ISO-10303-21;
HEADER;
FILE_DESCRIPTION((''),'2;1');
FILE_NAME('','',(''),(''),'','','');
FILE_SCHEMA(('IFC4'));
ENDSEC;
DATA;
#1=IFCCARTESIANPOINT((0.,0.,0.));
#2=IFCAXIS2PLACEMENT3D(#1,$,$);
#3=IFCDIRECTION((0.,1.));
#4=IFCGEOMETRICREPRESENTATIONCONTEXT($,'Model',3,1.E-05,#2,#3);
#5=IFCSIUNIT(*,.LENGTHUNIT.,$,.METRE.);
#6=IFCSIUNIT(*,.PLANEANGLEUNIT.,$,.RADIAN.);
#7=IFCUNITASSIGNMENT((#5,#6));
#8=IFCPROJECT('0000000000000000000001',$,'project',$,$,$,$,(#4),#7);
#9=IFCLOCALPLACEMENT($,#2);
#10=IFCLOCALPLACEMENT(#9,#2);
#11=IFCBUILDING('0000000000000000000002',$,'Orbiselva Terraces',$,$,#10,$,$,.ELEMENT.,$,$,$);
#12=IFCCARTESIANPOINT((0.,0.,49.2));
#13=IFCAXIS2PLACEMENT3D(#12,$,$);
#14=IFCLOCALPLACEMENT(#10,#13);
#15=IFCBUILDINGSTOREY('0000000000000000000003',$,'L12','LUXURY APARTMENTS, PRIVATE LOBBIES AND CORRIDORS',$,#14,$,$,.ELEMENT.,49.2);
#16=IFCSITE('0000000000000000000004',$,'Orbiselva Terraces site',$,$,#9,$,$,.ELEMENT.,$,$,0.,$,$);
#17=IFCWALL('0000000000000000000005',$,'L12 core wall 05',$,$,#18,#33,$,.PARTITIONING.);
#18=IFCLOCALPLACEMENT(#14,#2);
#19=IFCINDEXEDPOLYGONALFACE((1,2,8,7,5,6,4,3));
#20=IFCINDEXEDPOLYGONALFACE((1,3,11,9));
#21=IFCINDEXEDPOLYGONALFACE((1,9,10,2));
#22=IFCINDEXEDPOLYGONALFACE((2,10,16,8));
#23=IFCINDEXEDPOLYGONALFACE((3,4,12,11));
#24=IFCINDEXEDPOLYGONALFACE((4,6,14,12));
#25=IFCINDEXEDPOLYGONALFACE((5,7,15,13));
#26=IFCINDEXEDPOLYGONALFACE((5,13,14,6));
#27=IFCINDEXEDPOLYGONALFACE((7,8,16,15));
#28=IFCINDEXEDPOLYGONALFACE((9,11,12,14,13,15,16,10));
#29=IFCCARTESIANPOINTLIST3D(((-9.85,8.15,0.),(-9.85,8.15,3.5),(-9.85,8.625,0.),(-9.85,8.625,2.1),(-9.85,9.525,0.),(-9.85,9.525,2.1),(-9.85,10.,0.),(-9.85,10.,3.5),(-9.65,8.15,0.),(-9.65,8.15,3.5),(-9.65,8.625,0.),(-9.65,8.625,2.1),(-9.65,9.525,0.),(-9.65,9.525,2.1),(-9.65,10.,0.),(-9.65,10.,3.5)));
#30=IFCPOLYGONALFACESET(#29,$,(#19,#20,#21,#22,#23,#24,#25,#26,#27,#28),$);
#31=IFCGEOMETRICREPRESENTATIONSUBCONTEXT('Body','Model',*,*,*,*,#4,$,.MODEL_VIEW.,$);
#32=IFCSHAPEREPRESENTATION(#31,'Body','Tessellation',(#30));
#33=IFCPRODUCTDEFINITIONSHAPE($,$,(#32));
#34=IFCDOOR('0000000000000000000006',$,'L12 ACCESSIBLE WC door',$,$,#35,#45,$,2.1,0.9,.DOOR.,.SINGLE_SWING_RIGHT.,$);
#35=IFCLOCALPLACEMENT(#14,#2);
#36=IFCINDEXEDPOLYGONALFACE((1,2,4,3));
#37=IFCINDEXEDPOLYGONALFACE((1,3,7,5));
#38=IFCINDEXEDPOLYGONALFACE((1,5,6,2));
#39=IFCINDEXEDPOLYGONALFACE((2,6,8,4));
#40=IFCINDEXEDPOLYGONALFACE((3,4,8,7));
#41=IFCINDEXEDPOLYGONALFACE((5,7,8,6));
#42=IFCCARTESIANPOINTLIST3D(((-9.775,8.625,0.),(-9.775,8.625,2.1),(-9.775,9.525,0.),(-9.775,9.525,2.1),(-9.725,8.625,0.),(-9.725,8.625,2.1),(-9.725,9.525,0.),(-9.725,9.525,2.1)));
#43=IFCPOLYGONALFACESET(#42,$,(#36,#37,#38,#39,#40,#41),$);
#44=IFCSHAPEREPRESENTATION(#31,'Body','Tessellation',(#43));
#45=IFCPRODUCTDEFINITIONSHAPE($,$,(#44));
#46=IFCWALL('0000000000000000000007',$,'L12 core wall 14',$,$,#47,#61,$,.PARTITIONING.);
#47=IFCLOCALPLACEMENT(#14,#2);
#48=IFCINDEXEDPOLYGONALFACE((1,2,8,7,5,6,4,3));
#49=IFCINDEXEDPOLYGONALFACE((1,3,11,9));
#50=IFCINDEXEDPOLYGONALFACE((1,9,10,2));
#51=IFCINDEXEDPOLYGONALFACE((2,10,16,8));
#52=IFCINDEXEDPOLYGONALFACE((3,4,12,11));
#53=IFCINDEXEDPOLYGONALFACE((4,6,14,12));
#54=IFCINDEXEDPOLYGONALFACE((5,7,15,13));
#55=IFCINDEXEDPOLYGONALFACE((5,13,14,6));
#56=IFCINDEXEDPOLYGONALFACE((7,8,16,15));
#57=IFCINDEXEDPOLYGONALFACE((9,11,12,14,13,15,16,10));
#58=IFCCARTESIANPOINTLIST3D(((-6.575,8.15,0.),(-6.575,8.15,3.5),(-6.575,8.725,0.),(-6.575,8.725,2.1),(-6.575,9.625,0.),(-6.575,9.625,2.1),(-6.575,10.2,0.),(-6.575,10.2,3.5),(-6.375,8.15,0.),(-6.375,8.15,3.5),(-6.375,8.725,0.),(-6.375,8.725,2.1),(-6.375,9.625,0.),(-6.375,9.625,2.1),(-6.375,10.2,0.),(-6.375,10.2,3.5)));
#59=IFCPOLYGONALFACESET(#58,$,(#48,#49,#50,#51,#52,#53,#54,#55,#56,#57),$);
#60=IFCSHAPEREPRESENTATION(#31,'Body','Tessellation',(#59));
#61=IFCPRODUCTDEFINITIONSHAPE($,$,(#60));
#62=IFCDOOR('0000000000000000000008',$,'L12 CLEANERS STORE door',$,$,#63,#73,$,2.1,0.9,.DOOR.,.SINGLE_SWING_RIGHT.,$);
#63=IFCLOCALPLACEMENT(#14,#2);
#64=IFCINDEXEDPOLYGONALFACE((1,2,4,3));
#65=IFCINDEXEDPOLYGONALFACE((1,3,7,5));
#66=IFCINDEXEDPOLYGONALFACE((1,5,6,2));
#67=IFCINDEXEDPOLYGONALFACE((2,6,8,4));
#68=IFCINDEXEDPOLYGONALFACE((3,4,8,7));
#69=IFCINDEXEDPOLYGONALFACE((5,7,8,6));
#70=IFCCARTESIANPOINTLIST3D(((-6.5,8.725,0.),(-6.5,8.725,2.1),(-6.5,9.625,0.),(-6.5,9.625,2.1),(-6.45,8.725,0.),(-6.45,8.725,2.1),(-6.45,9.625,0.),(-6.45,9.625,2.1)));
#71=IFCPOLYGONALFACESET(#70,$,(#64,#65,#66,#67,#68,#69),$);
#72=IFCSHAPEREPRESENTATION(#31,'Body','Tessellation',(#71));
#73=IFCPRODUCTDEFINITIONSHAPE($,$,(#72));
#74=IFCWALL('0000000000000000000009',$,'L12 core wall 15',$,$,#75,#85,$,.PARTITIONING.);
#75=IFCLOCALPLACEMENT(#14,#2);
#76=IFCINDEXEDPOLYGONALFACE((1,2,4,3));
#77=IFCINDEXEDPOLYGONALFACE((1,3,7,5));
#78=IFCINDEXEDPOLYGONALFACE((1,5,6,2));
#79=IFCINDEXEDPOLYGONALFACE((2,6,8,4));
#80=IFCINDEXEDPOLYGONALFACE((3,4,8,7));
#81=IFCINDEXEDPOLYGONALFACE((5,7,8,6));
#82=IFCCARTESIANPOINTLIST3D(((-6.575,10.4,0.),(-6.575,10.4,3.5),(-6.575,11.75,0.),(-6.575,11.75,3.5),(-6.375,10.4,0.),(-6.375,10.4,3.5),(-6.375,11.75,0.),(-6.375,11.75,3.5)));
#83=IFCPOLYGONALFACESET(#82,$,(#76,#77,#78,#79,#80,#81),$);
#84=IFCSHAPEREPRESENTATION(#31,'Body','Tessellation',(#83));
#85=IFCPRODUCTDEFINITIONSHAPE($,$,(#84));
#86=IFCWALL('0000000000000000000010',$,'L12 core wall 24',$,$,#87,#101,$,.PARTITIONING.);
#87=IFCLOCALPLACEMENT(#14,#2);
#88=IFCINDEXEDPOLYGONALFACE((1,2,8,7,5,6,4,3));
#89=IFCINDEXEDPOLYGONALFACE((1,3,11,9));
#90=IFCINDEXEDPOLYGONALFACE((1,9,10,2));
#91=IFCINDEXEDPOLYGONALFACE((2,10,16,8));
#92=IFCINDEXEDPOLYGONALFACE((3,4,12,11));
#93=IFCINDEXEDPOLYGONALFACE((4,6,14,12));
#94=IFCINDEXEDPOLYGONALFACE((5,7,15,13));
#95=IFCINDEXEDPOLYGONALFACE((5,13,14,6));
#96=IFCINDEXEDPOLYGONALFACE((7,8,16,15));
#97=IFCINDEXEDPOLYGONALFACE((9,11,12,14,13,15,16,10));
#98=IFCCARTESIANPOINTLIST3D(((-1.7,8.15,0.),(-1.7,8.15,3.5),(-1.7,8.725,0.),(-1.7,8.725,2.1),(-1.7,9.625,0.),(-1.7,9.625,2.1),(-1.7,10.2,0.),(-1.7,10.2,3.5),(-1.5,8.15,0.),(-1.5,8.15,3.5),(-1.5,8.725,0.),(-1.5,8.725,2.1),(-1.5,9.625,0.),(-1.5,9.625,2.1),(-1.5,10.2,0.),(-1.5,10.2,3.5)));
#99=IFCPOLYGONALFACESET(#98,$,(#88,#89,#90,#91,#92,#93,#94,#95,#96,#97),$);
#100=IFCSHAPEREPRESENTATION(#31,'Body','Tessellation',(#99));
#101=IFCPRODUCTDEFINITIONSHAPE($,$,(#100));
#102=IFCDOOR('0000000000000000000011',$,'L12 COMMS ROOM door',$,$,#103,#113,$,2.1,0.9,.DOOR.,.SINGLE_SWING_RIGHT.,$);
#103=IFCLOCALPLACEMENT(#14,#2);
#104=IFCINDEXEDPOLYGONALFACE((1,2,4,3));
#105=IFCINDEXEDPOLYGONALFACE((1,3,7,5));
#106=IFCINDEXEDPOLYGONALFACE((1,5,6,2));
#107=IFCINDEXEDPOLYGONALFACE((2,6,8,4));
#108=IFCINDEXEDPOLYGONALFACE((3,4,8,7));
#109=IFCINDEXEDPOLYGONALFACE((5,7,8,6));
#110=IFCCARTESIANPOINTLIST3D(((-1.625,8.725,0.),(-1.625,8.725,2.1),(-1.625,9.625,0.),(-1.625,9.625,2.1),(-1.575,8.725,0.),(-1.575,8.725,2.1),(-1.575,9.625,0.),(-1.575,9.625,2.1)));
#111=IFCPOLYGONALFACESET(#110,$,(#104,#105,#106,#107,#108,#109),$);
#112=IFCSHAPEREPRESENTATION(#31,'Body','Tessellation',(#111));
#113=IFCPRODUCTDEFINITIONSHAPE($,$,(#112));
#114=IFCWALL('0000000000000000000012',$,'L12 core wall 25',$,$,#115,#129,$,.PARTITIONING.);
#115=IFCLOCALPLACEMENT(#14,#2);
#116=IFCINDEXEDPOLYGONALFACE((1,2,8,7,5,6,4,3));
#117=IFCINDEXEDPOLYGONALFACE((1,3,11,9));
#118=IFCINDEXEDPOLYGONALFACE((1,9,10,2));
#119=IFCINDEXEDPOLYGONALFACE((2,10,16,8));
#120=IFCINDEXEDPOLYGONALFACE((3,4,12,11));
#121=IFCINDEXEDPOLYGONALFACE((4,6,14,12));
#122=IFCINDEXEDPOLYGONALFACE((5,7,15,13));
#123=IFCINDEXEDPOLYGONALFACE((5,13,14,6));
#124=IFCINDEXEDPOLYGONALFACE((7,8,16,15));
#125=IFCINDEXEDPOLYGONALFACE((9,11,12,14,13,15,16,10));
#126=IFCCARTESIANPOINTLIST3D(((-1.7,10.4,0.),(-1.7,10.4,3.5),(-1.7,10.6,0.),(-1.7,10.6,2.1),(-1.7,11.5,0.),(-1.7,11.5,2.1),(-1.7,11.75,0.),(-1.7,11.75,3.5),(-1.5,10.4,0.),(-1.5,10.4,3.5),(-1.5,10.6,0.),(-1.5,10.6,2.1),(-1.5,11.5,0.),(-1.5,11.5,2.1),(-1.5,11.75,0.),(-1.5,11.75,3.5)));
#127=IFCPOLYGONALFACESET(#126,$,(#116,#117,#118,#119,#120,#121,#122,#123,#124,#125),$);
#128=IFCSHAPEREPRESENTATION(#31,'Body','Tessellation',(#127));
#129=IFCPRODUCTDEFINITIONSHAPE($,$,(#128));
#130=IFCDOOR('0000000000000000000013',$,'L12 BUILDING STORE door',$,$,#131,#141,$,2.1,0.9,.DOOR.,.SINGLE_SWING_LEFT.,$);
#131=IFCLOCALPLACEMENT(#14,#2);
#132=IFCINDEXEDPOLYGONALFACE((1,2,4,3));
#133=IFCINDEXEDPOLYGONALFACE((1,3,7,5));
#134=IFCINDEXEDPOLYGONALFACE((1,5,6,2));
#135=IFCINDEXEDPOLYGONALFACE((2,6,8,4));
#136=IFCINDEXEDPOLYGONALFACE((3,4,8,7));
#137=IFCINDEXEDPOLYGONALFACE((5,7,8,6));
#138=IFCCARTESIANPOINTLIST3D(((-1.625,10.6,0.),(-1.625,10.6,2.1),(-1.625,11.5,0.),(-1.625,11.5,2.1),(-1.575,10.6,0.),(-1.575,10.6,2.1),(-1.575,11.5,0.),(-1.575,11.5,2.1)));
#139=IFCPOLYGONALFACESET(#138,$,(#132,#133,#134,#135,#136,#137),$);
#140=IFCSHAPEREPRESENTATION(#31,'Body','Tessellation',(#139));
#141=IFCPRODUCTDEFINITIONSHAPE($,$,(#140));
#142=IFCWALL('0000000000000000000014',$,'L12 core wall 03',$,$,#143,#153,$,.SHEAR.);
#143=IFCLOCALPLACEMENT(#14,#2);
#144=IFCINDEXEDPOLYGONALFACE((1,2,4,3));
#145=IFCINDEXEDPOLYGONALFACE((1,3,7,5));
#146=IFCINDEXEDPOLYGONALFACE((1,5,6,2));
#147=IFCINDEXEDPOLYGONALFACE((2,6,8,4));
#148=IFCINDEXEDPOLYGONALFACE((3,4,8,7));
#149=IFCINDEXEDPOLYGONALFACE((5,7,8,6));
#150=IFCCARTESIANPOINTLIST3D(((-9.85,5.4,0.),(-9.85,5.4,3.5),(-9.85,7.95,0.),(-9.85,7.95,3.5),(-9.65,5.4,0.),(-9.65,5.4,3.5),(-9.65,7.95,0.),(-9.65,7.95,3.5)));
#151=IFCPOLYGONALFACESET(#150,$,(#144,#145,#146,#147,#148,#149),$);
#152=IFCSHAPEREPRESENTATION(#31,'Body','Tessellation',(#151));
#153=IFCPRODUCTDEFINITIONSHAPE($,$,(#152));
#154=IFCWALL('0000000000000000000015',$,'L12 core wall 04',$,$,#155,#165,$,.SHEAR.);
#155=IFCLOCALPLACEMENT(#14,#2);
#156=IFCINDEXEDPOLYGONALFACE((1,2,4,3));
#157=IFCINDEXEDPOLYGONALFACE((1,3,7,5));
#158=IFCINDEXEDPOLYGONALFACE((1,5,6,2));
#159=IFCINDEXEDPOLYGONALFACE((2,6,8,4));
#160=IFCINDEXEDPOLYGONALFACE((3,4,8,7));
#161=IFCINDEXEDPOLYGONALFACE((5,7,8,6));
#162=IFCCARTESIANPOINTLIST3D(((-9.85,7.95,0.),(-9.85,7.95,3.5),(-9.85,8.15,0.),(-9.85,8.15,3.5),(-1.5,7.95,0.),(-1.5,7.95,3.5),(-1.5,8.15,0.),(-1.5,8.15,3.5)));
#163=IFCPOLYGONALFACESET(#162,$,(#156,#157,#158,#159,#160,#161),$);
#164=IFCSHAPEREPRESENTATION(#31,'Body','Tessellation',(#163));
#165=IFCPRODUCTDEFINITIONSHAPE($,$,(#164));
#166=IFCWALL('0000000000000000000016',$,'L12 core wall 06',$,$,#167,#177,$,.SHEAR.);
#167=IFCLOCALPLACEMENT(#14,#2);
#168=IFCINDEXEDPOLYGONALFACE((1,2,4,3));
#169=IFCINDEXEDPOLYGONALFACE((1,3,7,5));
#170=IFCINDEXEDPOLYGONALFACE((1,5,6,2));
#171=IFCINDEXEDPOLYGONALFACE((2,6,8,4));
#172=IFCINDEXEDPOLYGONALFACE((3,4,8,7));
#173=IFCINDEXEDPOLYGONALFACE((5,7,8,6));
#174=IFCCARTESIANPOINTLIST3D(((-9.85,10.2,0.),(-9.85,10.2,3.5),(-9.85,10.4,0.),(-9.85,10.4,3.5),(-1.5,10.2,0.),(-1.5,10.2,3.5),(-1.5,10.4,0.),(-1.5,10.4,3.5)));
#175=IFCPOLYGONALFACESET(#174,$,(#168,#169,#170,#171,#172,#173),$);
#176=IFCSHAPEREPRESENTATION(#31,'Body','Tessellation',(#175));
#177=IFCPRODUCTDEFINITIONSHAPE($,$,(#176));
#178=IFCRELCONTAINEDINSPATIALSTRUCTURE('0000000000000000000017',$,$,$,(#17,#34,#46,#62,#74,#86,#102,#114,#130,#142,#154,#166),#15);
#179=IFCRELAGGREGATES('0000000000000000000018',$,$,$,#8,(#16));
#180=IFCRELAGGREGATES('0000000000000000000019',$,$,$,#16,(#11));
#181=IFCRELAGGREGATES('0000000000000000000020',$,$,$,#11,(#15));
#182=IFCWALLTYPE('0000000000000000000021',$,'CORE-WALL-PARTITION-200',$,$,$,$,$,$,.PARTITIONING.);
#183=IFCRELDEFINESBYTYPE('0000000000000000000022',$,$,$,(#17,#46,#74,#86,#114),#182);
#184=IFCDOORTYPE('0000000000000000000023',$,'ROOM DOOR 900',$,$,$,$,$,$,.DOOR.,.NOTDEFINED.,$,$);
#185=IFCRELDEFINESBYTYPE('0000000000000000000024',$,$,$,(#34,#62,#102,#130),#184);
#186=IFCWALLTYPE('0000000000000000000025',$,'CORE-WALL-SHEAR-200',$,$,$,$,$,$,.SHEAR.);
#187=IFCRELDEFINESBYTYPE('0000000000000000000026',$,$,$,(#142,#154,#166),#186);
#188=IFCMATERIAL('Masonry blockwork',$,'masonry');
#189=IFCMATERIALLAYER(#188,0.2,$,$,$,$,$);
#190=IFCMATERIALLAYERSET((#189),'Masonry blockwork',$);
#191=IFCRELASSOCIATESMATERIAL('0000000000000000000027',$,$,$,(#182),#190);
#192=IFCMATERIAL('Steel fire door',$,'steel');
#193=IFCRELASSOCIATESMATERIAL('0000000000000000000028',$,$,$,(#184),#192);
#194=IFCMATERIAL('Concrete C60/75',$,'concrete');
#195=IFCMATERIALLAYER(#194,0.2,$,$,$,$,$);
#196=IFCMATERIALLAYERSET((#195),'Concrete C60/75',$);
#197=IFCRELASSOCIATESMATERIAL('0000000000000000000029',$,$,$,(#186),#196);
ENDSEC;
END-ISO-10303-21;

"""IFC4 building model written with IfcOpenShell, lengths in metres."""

from ifc_helpers import new_model, si_unit, direction, frame, frame_2d, origin, place, context, subcontext, project, spatial, rectangle, extrude, material, layer, layer_set, type_object, element, fill, save


model = new_model("IFC4")

# Units and contexts
model_context = context("Model", 3, precision=1e-05, world=origin(), true_north=direction((0.0, 1.0)))
body_context = subcontext(model_context, "Body", "Model", "MODEL_VIEW")
ifc_project = project(units=[si_unit("LENGTHUNIT", "METRE"), si_unit("PLANEANGLEUNIT", "RADIAN")], contexts=[model_context])

# Site, building, storey
site_placement = place(None, origin())
site = spatial("IfcSite", under=ifc_project, at=site_placement, Name="Orbiselva Terraces site", CompositionType="ELEMENT", RefElevation=0.0)
building_placement = place(site_placement, origin())
building = spatial("IfcBuilding", under=site, at=building_placement, Name="Orbiselva Terraces", CompositionType="ELEMENT")
storey_placement = place(building_placement, frame((0.0, 0.0, 49.2)))
storey = spatial("IfcBuildingStorey", under=building, at=storey_placement, Name="L12", Description="LUXURY APARTMENTS, PRIVATE LOBBIES AND CORRIDORS", CompositionType="ELEMENT", Elevation=49.2)

# Walls, openings, doors
ifc_material_1 = material(Name="Masonry blockwork", Category="masonry")
ifc_layer_1 = layer(ifc_material_1, 0.2)
ifc_layer_set_1 = layer_set([ifc_layer_1], Name="Masonry blockwork")
wall_type_1 = type_object("IfcWallType", Name="CORE-WALL-PARTITION-200", PredefinedType="PARTITIONING", material=ifc_layer_set_1)
wall_1_placement = place(storey_placement, frame((-9.75, 8.15, 0.0), z_axis=(0.0, 0.0, 1.0), x_axis=(0.0, 1.0, 0.0)))
wall_1 = element("IfcWall", 1, at=wall_1_placement, inside=storey, type_object=wall_type_1, Name="L12 core wall 05", PredefinedType="PARTITIONING", context=body_context, shape_type="SweptSolid", body=[
    extrude(rectangle(XDim=1.85, YDim=0.2, at=frame_2d((0.925, 0.0))), origin(), (0.0, 0.0, 1.0), 3.5),
])
opening_1_placement = place(wall_1_placement, frame((0.475, 0.0, 0.0)))
opening_1 = element("IfcOpeningElement", 2, at=opening_1_placement, cuts=wall_1, PredefinedType="OPENING", context=body_context, shape_type="SweptSolid", body=[
    extrude(rectangle(XDim=0.9, YDim=2.1, at=frame_2d((0.45, 1.05))), frame((0.0, 0.11, 0.0), z_axis=(0.0, -1.0, 0.0), x_axis=(1.0, 0.0, 0.0)), (0.0, 0.0, 1.0), 0.22),
])
ifc_material_2 = material(Name="Steel fire door", Category="steel")
door_type = type_object("IfcDoorType", Name="ROOM DOOR 900", OperationType="NOTDEFINED", PredefinedType="DOOR", material=ifc_material_2)
door_1_placement = place(opening_1_placement, origin())
door_1 = element("IfcDoor", 3, at=door_1_placement, inside=storey, type_object=door_type, Name="L12 ACCESSIBLE WC door", OperationType="SINGLE_SWING_RIGHT", OverallHeight=2.1, OverallWidth=0.9, PredefinedType="DOOR", context=body_context, shape_type="SweptSolid", body=[
    extrude(rectangle(XDim=0.9, YDim=2.1, at=frame_2d((0.45, 1.05))), frame((0.0, 0.025, 0.0), z_axis=(0.0, -1.0, 0.0), x_axis=(1.0, 0.0, 0.0)), (0.0, 0.0, 1.0), 0.05),
])
fill(opening_1, door_1)
wall_2_placement = place(storey_placement, frame((-6.475, 8.15, 0.0), z_axis=(0.0, 0.0, 1.0), x_axis=(0.0, 1.0, 0.0)))
wall_2 = element("IfcWall", 4, at=wall_2_placement, inside=storey, type_object=wall_type_1, Name="L12 core wall 14", PredefinedType="PARTITIONING", context=body_context, shape_type="SweptSolid", body=[
    extrude(rectangle(XDim=2.05, YDim=0.2, at=frame_2d((1.025, 0.0))), origin(), (0.0, 0.0, 1.0), 3.5),
])
opening_2_placement = place(wall_2_placement, frame((0.575, 0.0, 0.0)))
opening_2 = element("IfcOpeningElement", 5, at=opening_2_placement, cuts=wall_2, PredefinedType="OPENING", context=body_context, shape_type="SweptSolid", body=[
    extrude(rectangle(XDim=0.9, YDim=2.1, at=frame_2d((0.45, 1.05))), frame((0.0, 0.11, 0.0), z_axis=(0.0, -1.0, 0.0), x_axis=(1.0, 0.0, 0.0)), (0.0, 0.0, 1.0), 0.22),
])
door_2_placement = place(opening_2_placement, origin())
door_2 = element("IfcDoor", 6, at=door_2_placement, inside=storey, type_object=door_type, Name="L12 CLEANERS STORE door", OperationType="SINGLE_SWING_RIGHT", OverallHeight=2.1, OverallWidth=0.9, PredefinedType="DOOR", context=body_context, shape_type="SweptSolid", body=[
    extrude(rectangle(XDim=0.9, YDim=2.1, at=frame_2d((0.45, 1.05))), frame((0.0, 0.025, 0.0), z_axis=(0.0, -1.0, 0.0), x_axis=(1.0, 0.0, 0.0)), (0.0, 0.0, 1.0), 0.05),
])
fill(opening_2, door_2)

# Wall
wall_3_placement = place(storey_placement, frame((-6.475, 10.4, 0.0), z_axis=(0.0, 0.0, 1.0), x_axis=(0.0, 1.0, 0.0)))
element("IfcWall", 7, at=wall_3_placement, inside=storey, type_object=wall_type_1, Name="L12 core wall 15", PredefinedType="PARTITIONING", context=body_context, shape_type="SweptSolid", body=[
    extrude(rectangle(XDim=1.35, YDim=0.2, at=frame_2d((0.675, 0.0))), origin(), (0.0, 0.0, 1.0), 3.5),
])

# Walls, openings, doors
wall_4_placement = place(storey_placement, frame((-1.6, 8.15, 0.0), z_axis=(0.0, 0.0, 1.0), x_axis=(0.0, 1.0, 0.0)))
wall_4 = element("IfcWall", 8, at=wall_4_placement, inside=storey, type_object=wall_type_1, Name="L12 core wall 24", PredefinedType="PARTITIONING", context=body_context, shape_type="SweptSolid", body=[
    extrude(rectangle(XDim=2.05, YDim=0.2, at=frame_2d((1.025, 0.0))), origin(), (0.0, 0.0, 1.0), 3.5),
])
opening_3_placement = place(wall_4_placement, frame((0.575, 0.0, 0.0)))
opening_3 = element("IfcOpeningElement", 9, at=opening_3_placement, cuts=wall_4, PredefinedType="OPENING", context=body_context, shape_type="SweptSolid", body=[
    extrude(rectangle(XDim=0.9, YDim=2.1, at=frame_2d((0.45, 1.05))), frame((0.0, 0.11, 0.0), z_axis=(0.0, -1.0, 0.0), x_axis=(1.0, 0.0, 0.0)), (0.0, 0.0, 1.0), 0.22),
])
door_3_placement = place(opening_3_placement, origin())
door_3 = element("IfcDoor", 10, at=door_3_placement, inside=storey, type_object=door_type, Name="L12 COMMS ROOM door", OperationType="SINGLE_SWING_RIGHT", OverallHeight=2.1, OverallWidth=0.9, PredefinedType="DOOR", context=body_context, shape_type="SweptSolid", body=[
    extrude(rectangle(XDim=0.9, YDim=2.1, at=frame_2d((0.45, 1.05))), frame((0.0, 0.025, 0.0), z_axis=(0.0, -1.0, 0.0), x_axis=(1.0, 0.0, 0.0)), (0.0, 0.0, 1.0), 0.05),
])
fill(opening_3, door_3)
wall_5_placement = place(storey_placement, frame((-1.6, 10.4, 0.0), z_axis=(0.0, 0.0, 1.0), x_axis=(0.0, 1.0, 0.0)))
wall_5 = element("IfcWall", 11, at=wall_5_placement, inside=storey, type_object=wall_type_1, Name="L12 core wall 25", PredefinedType="PARTITIONING", context=body_context, shape_type="SweptSolid", body=[
    extrude(rectangle(XDim=1.35, YDim=0.2, at=frame_2d((0.675, 0.0))), origin(), (0.0, 0.0, 1.0), 3.5),
])
opening_4_placement = place(wall_5_placement, frame((0.2, 0.0, 0.0)))
opening_4 = element("IfcOpeningElement", 12, at=opening_4_placement, cuts=wall_5, PredefinedType="OPENING", context=body_context, shape_type="SweptSolid", body=[
    extrude(rectangle(XDim=0.9, YDim=2.1, at=frame_2d((0.45, 1.05))), frame((0.0, 0.11, 0.0), z_axis=(0.0, -1.0, 0.0), x_axis=(1.0, 0.0, 0.0)), (0.0, 0.0, 1.0), 0.22),
])
door_4_placement = place(opening_4_placement, origin())
door_4 = element("IfcDoor", 13, at=door_4_placement, inside=storey, type_object=door_type, Name="L12 BUILDING STORE door", OperationType="SINGLE_SWING_LEFT", OverallHeight=2.1, OverallWidth=0.9, PredefinedType="DOOR", context=body_context, shape_type="SweptSolid", body=[
    extrude(rectangle(XDim=0.9, YDim=2.1, at=frame_2d((0.45, 1.05))), frame((0.0, 0.025, 0.0), z_axis=(0.0, -1.0, 0.0), x_axis=(1.0, 0.0, 0.0)), (0.0, 0.0, 1.0), 0.05),
])
fill(opening_4, door_4)

# Walls
ifc_material_3 = material(Name="Concrete C60/75", Category="concrete")
ifc_layer_2 = layer(ifc_material_3, 0.2)
ifc_layer_set_2 = layer_set([ifc_layer_2], Name="Concrete C60/75")
wall_type_2 = type_object("IfcWallType", Name="CORE-WALL-SHEAR-200", PredefinedType="SHEAR", material=ifc_layer_set_2)
wall_6_placement = place(storey_placement, frame((-9.75, 5.4, 0.0), z_axis=(0.0, 0.0, 1.0), x_axis=(0.0, 1.0, 0.0)))
element("IfcWall", 14, at=wall_6_placement, inside=storey, type_object=wall_type_2, Name="L12 core wall 03", PredefinedType="SHEAR", context=body_context, shape_type="SweptSolid", body=[
    extrude(rectangle(XDim=2.55, YDim=0.2, at=frame_2d((1.275, 0.0))), origin(), (0.0, 0.0, 1.0), 3.5),
])
for number, where, z_axis, x_axis, name in (
    (15, (-9.85, 8.05, 0.0), (0.0, 0.0, 1.0), (1.0, 0.0, 0.0), "L12 core wall 04"),
    (16, (-9.85, 10.3, 0.0), (0.0, 0.0, 1.0), (1.0, 0.0, 0.0), "L12 core wall 06"),
):
    element("IfcWall", number, at=place(storey_placement, frame(where, z_axis=z_axis, x_axis=x_axis)), inside=storey, type_object=wall_type_2, Name=name, PredefinedType="SHEAR", context=body_context, shape_type="SweptSolid", body=[
        extrude(rectangle(XDim=8.35, YDim=0.2, at=frame_2d((4.175, 0.0))), origin(), (0.0, 0.0, 1.0), 3.5),
    ])

save(model, "model.ifc")
